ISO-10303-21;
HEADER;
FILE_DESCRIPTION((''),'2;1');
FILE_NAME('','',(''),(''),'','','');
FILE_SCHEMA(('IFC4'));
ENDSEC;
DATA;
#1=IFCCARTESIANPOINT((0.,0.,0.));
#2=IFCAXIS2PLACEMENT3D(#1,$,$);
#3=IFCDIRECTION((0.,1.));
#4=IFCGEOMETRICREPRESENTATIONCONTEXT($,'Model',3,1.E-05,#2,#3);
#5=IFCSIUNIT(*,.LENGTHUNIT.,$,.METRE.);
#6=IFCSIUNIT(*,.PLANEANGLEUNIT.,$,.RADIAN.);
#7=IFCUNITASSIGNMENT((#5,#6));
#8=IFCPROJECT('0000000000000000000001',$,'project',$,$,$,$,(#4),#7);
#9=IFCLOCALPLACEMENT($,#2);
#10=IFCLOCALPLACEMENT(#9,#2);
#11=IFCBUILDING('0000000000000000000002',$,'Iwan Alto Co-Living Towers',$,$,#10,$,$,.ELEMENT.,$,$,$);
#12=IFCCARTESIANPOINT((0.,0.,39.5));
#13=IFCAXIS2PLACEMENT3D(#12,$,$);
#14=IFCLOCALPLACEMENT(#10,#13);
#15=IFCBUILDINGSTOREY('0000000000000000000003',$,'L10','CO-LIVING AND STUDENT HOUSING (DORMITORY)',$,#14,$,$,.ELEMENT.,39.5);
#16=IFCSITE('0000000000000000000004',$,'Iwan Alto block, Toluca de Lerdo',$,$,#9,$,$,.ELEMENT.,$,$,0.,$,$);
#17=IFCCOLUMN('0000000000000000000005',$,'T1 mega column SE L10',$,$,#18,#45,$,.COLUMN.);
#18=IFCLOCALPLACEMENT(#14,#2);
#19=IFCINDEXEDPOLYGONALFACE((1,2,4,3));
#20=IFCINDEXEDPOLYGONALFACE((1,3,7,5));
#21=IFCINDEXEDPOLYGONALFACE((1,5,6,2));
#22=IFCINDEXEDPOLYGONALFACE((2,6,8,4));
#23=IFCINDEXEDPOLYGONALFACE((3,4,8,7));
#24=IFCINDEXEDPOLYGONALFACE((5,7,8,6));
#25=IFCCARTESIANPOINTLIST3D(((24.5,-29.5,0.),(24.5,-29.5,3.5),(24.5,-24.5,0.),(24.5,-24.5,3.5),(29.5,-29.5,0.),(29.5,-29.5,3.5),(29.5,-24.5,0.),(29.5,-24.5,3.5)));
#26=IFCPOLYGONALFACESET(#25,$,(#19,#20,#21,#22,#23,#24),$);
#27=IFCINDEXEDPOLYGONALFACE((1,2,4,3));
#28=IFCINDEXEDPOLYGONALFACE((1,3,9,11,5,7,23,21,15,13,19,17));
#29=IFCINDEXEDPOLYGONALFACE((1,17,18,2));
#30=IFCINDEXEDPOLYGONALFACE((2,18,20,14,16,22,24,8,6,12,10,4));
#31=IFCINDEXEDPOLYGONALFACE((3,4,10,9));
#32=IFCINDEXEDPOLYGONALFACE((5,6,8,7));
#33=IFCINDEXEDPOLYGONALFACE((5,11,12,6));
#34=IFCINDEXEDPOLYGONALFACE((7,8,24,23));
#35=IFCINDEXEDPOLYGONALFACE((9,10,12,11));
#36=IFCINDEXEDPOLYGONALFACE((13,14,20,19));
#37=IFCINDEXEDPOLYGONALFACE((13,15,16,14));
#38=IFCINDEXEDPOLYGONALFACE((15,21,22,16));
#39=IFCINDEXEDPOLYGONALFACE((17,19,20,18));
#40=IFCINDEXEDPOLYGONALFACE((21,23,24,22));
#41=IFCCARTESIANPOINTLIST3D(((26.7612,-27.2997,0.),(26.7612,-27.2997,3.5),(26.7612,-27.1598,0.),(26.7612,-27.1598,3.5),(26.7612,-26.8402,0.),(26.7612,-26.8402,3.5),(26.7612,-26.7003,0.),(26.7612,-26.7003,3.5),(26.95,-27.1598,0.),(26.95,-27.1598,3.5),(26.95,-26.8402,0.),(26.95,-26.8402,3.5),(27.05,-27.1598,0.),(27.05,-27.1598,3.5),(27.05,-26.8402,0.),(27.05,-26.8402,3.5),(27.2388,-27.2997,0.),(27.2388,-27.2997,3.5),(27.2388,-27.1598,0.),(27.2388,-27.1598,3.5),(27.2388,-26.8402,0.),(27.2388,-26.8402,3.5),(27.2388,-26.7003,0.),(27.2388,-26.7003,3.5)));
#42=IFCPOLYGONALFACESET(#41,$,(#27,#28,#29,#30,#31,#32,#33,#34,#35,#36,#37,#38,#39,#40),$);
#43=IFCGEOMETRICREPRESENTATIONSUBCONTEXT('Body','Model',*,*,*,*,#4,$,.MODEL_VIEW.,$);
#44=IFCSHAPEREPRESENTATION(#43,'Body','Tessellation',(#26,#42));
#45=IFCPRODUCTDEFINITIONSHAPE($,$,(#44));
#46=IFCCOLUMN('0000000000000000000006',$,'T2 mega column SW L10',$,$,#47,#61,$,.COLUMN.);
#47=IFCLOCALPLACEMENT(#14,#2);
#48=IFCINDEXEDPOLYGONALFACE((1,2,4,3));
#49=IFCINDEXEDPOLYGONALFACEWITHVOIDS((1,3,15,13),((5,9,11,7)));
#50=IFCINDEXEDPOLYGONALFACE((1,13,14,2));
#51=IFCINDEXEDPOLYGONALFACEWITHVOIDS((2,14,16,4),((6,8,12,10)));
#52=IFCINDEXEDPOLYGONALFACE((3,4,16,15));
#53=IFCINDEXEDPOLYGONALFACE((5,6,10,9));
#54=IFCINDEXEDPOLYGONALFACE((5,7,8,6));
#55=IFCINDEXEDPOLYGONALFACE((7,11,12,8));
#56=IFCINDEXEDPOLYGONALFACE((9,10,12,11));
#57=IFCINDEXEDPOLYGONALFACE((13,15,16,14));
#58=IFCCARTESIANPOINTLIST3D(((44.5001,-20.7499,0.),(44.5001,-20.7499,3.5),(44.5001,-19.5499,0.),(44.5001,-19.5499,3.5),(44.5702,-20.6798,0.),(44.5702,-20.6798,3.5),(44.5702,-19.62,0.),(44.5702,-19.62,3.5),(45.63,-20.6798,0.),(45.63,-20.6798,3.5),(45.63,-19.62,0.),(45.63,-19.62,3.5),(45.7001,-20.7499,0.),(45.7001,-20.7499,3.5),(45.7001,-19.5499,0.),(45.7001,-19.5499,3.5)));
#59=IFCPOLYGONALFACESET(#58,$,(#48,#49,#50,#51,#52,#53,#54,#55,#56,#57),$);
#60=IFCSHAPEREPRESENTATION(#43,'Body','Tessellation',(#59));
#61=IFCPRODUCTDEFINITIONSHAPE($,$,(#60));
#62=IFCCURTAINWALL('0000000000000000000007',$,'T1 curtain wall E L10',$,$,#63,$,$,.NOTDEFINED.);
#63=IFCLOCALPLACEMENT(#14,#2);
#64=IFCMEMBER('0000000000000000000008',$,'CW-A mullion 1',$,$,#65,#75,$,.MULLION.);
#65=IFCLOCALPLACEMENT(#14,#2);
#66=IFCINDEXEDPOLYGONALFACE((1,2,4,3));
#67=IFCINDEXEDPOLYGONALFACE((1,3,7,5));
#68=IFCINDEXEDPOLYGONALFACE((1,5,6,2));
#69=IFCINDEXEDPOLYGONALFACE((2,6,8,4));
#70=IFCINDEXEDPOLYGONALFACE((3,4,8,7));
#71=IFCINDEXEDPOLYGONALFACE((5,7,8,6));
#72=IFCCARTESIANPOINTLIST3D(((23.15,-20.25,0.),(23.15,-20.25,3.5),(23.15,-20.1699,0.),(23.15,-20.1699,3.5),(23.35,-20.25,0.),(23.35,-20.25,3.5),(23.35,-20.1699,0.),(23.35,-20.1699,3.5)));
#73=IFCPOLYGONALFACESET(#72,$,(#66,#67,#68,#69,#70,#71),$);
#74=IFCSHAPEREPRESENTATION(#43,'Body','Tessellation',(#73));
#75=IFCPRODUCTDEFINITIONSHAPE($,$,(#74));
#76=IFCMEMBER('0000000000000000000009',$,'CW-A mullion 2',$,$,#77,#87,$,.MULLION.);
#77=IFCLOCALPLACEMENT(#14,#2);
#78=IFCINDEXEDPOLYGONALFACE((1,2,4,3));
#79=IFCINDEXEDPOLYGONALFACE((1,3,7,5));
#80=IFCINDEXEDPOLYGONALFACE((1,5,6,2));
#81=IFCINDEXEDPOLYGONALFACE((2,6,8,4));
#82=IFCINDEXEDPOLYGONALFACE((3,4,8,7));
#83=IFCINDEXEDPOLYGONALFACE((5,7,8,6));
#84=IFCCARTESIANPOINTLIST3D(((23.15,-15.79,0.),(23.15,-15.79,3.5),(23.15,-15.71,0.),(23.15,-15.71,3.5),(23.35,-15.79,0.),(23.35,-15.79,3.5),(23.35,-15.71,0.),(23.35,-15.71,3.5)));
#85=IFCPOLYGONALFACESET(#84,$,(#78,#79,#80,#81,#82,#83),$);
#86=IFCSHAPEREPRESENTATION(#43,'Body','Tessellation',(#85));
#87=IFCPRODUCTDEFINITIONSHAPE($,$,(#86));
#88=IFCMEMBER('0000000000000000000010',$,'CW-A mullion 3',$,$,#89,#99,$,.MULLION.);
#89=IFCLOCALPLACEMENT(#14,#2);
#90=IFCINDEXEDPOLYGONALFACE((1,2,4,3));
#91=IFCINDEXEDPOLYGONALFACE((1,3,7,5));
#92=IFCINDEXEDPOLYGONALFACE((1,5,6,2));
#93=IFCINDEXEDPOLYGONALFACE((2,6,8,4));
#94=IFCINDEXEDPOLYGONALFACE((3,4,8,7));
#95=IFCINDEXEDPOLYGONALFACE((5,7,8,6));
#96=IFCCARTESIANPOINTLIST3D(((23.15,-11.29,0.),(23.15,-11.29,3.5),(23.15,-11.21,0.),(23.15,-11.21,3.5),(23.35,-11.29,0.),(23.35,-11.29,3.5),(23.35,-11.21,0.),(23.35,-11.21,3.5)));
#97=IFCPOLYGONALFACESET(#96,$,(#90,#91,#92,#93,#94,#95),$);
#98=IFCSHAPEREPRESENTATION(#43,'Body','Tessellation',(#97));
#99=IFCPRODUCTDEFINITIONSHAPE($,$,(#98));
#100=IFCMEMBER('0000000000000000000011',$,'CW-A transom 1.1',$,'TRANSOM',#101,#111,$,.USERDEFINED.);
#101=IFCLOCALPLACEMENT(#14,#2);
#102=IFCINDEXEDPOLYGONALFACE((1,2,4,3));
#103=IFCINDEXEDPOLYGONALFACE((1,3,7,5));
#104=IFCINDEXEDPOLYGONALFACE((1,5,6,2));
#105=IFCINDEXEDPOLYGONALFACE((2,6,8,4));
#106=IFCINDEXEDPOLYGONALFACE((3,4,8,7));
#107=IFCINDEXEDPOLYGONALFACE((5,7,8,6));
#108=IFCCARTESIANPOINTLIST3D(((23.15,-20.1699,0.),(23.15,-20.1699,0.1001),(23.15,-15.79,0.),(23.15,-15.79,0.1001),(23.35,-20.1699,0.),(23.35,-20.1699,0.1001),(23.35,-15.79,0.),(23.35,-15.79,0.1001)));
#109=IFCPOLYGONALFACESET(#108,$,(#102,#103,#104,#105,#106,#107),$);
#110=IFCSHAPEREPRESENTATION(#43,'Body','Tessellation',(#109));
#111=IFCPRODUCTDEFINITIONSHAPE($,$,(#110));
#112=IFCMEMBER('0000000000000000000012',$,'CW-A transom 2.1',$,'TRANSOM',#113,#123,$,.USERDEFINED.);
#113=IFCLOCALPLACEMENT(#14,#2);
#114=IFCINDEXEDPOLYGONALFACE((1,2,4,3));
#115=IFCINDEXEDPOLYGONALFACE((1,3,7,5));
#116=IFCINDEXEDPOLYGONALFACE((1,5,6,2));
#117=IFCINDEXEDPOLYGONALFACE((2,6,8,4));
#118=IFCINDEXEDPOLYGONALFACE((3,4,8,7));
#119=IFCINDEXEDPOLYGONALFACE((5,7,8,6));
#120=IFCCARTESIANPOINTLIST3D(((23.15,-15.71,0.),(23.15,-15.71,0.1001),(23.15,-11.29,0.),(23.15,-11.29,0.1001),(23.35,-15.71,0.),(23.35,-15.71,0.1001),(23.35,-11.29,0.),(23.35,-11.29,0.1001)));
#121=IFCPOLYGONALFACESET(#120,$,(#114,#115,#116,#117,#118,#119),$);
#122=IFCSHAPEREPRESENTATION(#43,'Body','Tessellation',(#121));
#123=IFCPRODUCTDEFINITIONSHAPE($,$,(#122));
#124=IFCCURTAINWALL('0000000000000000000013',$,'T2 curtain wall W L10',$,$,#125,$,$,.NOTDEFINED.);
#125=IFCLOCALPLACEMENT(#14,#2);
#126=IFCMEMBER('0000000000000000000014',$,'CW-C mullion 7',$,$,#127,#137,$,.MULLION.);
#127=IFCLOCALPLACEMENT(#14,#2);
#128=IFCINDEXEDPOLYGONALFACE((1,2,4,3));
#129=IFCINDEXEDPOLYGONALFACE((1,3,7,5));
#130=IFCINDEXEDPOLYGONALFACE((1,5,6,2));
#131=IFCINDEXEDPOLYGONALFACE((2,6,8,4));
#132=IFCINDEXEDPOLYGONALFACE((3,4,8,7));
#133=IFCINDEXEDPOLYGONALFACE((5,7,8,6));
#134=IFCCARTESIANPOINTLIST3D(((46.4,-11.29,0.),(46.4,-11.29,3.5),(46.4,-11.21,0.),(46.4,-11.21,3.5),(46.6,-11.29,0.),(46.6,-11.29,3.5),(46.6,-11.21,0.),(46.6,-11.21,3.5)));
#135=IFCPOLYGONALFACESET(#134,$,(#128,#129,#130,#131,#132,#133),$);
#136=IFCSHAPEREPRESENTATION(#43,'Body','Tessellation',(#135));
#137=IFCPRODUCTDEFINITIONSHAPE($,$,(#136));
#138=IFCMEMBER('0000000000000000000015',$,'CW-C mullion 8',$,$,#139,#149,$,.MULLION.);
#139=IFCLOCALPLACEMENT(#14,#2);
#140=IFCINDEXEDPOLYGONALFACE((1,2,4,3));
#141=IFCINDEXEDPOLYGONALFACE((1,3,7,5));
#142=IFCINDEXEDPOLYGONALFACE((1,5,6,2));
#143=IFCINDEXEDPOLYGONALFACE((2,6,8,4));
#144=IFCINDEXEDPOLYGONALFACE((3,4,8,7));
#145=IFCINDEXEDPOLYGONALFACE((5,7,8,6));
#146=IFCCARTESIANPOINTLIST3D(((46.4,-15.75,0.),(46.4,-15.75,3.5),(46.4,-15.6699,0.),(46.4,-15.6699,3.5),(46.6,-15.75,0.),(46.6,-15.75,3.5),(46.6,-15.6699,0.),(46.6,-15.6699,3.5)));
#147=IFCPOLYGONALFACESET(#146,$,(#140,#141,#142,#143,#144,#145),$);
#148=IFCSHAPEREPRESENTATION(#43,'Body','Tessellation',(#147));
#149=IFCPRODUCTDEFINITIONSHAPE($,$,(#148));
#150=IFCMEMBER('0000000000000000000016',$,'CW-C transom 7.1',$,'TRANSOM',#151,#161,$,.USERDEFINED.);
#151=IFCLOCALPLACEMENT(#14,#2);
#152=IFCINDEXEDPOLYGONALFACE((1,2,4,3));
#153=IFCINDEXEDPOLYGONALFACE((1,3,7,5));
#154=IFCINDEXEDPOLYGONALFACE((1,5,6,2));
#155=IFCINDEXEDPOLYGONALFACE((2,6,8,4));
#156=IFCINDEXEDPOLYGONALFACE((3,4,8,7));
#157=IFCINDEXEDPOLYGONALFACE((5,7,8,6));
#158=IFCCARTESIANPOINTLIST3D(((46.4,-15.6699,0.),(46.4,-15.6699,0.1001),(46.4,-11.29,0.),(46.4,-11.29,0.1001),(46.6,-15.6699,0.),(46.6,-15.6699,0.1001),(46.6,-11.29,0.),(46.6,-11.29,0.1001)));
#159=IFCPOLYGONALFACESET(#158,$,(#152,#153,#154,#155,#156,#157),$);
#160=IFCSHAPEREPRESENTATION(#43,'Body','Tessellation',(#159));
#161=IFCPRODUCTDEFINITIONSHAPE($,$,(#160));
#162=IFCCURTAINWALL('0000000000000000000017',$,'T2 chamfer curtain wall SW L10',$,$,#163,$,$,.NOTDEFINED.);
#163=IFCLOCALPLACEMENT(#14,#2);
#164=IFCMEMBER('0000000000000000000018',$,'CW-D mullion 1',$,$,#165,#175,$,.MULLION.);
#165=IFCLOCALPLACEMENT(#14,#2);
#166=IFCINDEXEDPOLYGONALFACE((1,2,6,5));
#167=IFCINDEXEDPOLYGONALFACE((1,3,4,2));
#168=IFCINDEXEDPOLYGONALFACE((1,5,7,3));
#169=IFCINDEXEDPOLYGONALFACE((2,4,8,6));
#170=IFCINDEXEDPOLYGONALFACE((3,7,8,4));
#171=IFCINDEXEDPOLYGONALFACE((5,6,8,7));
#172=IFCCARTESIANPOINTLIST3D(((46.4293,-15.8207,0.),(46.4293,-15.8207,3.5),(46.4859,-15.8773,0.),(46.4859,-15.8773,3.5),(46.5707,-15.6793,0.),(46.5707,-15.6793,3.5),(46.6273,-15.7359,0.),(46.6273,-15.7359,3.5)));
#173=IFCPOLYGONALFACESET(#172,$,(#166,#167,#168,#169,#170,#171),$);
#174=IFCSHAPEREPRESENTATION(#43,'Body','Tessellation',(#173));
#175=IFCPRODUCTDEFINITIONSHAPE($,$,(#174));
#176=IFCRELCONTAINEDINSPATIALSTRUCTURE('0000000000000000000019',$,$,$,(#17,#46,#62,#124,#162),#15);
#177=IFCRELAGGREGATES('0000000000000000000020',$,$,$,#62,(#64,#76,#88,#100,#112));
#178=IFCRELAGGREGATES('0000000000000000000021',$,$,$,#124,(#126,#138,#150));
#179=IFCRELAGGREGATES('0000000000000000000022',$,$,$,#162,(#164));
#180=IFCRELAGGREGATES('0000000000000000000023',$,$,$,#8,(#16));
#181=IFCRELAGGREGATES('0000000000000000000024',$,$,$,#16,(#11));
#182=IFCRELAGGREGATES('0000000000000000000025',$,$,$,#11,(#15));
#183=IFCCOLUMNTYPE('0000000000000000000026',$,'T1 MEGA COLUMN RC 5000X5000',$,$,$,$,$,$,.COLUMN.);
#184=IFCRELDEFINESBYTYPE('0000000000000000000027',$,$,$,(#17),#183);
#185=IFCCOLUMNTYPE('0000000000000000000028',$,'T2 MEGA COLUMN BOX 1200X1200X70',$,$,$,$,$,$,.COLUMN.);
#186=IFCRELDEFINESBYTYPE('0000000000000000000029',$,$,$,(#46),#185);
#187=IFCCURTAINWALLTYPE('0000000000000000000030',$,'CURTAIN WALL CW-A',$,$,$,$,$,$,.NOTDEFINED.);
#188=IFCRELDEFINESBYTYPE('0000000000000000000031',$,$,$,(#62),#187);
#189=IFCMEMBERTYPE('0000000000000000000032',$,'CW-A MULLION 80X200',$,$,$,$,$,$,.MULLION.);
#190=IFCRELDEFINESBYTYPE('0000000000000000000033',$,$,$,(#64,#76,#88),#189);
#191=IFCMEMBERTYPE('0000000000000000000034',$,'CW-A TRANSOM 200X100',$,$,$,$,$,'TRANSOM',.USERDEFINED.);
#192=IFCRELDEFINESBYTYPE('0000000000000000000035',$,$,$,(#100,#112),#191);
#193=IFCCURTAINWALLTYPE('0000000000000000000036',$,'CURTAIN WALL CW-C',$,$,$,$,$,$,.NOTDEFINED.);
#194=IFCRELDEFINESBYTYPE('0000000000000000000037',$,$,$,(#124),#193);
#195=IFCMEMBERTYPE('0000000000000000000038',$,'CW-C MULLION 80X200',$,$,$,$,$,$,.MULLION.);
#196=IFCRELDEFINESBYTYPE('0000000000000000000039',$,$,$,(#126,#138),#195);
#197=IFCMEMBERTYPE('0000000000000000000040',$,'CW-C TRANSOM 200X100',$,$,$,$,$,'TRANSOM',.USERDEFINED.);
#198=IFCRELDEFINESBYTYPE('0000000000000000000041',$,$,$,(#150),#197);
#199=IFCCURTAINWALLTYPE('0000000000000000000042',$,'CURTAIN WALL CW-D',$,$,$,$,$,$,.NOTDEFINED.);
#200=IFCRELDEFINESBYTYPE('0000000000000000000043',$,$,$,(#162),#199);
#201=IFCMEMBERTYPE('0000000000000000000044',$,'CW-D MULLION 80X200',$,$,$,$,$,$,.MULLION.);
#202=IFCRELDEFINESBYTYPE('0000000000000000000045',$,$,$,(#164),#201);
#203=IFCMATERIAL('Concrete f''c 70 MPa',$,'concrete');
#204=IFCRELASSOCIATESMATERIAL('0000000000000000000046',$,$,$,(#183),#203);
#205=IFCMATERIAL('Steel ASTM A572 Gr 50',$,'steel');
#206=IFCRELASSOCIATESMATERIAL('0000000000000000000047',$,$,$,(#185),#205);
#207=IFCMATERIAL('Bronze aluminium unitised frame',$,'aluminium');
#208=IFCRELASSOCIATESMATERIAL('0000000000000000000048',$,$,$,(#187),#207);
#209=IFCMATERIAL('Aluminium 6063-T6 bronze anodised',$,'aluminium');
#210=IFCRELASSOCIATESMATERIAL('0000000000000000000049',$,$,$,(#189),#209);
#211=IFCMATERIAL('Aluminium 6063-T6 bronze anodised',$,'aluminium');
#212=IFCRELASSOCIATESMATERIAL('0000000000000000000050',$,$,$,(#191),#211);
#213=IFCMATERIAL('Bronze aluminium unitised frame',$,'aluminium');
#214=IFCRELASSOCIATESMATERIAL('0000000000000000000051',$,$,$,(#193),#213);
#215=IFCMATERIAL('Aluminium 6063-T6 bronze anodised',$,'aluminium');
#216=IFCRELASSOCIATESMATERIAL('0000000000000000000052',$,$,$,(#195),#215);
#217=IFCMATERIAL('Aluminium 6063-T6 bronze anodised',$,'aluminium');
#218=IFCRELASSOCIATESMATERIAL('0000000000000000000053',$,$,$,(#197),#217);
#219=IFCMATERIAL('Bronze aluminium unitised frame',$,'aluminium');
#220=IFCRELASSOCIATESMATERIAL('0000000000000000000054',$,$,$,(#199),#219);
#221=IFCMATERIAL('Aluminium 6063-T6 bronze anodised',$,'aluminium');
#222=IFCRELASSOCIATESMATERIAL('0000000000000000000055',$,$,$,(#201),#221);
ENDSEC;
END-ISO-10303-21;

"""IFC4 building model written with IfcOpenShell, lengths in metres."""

from ifc_helpers import new_model, si_unit, direction, frame, origin, origin_2d, place, context, subcontext, project, spatial, rectangle, hollow_rectangle, i_section, extrude, material, material_profile, profile_set, type_object, element, aggregate, save


model = new_model("IFC4")

# Units and contexts
model_context = context("Model", 3, precision=1e-05, world=origin(), true_north=direction((0.0, 1.0)))
body_context = subcontext(model_context, "Body", "Model", "MODEL_VIEW")
ifc_project = project(units=[si_unit("LENGTHUNIT", "METRE"), si_unit("PLANEANGLEUNIT", "RADIAN")], contexts=[model_context])

# Site, building, storey
site_placement = place(None, origin())
site = spatial("IfcSite", under=ifc_project, at=site_placement, Name="Iwan Alto block, Toluca de Lerdo", CompositionType="ELEMENT", RefElevation=0.0)
building_placement = place(site_placement, origin())
building = spatial("IfcBuilding", under=site, at=building_placement, Name="Iwan Alto Co-Living Towers", CompositionType="ELEMENT")
storey_placement = place(building_placement, frame((0.0, 0.0, 39.5)))
storey = spatial("IfcBuildingStorey", under=building, at=storey_placement, Name="L10", Description="CO-LIVING AND STUDENT HOUSING (DORMITORY)", CompositionType="ELEMENT", Elevation=39.5)

# Columns
ifc_material_1 = material(Name="Concrete f'c 70 MPa", Category="concrete")
ifc_material_profile_1 = material_profile(ifc_material_1, rectangle(XDim=5.0, YDim=5.0, at=origin_2d()), Name="RC 5000X5000")
ifc_profile_set_1 = profile_set([ifc_material_profile_1], Name="Concrete f'c 70 MPa")
column_type_1 = type_object("IfcColumnType", Name="T1 MEGA COLUMN RC 5000X5000", PredefinedType="COLUMN", material=ifc_profile_set_1)
column_1_placement = place(storey_placement, frame((27.0, -27.0, 0.0), z_axis=(0.0, 0.0, 1.0), x_axis=(1.0, 0.0, 0.0)))
element("IfcColumn", 1, at=column_1_placement, inside=storey, type_object=column_type_1, Name="T1 mega column SE L10", PredefinedType="COLUMN", context=body_context, shape_type="SweptSolid", body=[
    extrude(rectangle(XDim=5.0, YDim=5.0, at=origin_2d()), origin(), (0.0, 0.0, 1.0), 3.5),
    extrude(i_section(OverallWidth=0.4775, OverallDepth=0.5994, WebThickness=0.1001, FlangeThickness=0.1399, at=origin_2d()), origin(), (0.0, 0.0, 1.0), 3.5),
])
ifc_material_2 = material(Name="Steel ASTM A572 Gr 50", Category="steel")
ifc_material_profile_2 = material_profile(ifc_material_2, hollow_rectangle(XDim=1.2, YDim=1.2, WallThickness=0.0701, at=origin_2d()), Name="BOX 1200X1200X70")
ifc_profile_set_2 = profile_set([ifc_material_profile_2], Name="Steel ASTM A572 Gr 50")
column_type_2 = type_object("IfcColumnType", Name="T2 MEGA COLUMN BOX 1200X1200X70", PredefinedType="COLUMN", material=ifc_profile_set_2)
column_2_placement = place(storey_placement, frame((45.1001, -20.1499, 0.0), z_axis=(0.0, 0.0, 1.0), x_axis=(1.0, 0.0, 0.0)))
element("IfcColumn", 2, at=column_2_placement, inside=storey, type_object=column_type_2, Name="T2 mega column SW L10", PredefinedType="COLUMN", context=body_context, shape_type="SweptSolid", body=[
    extrude(hollow_rectangle(XDim=1.2, YDim=1.2, WallThickness=0.0701, at=origin_2d()), origin(), (0.0, 0.0, 1.0), 3.5),
])

# Curtain walls, members
ifc_material_3 = material(Name="Bronze aluminium unitised frame", Category="aluminium")
curtain_wall_type_1 = type_object("IfcCurtainWallType", Name="CURTAIN WALL CW-A", PredefinedType="NOTDEFINED", material=ifc_material_3)
curtain_wall_1_placement = place(storey_placement, origin())
curtain_wall_1 = element("IfcCurtainWall", 3, at=curtain_wall_1_placement, inside=storey, type_object=curtain_wall_type_1, Name="T1 curtain wall E L10", PredefinedType="NOTDEFINED")
ifc_material_4 = material(Name="Aluminium 6063-T6 bronze anodised", Category="aluminium")
ifc_material_profile_3 = material_profile(ifc_material_4, rectangle(XDim=0.2, YDim=0.0801, at=origin_2d()), Name="AL 80X200")
ifc_profile_set_3 = profile_set([ifc_material_profile_3], Name="Aluminium 6063-T6 bronze anodised")
member_type_1 = type_object("IfcMemberType", Name="CW-A MULLION 80X200", PredefinedType="MULLION", material=ifc_profile_set_3)
member_1_placement = place(storey_placement, frame((23.25, -20.21, 0.0), z_axis=(0.0, 0.0, 1.0), x_axis=(-1.0, 0.0, 0.0)))
member_1 = element("IfcMember", 4, at=member_1_placement, type_object=member_type_1, Name="CW-A mullion 1", PredefinedType="MULLION", context=body_context, shape_type="SweptSolid", body=[
    extrude(rectangle(XDim=0.2, YDim=0.0801, at=origin_2d()), origin(), (0.0, 0.0, 1.0), 3.5),
])
member_2_placement = place(storey_placement, frame((23.25, -15.75, 0.0), z_axis=(0.0, 0.0, 1.0), x_axis=(-1.0, 0.0, 0.0)))
member_2 = element("IfcMember", 5, at=member_2_placement, type_object=member_type_1, Name="CW-A mullion 2", PredefinedType="MULLION", context=body_context, shape_type="SweptSolid", body=[
    extrude(rectangle(XDim=0.2, YDim=0.0801, at=origin_2d()), origin(), (0.0, 0.0, 1.0), 3.5),
])
member_3_placement = place(storey_placement, frame((23.25, -11.25, 0.0), z_axis=(0.0, 0.0, 1.0), x_axis=(-1.0, 0.0, 0.0)))
member_3 = element("IfcMember", 6, at=member_3_placement, type_object=member_type_1, Name="CW-A mullion 3", PredefinedType="MULLION", context=body_context, shape_type="SweptSolid", body=[
    extrude(rectangle(XDim=0.2, YDim=0.0801, at=origin_2d()), origin(), (0.0, 0.0, 1.0), 3.5),
])
ifc_material_5 = material(Name="Aluminium 6063-T6 bronze anodised", Category="aluminium")
ifc_material_profile_4 = material_profile(ifc_material_5, rectangle(XDim=0.2, YDim=0.1001, at=origin_2d()), Name="AL 200X100")
ifc_profile_set_4 = profile_set([ifc_material_profile_4], Name="Aluminium 6063-T6 bronze anodised")
member_type_2 = type_object("IfcMemberType", Name="CW-A TRANSOM 200X100", ElementType="TRANSOM", PredefinedType="USERDEFINED", material=ifc_profile_set_4)
member_4_placement = place(storey_placement, frame((23.25, -20.1699, 0.05), z_axis=(0.0, 1.0, 0.0), x_axis=(-1.0, 0.0, 0.0)))
member_4 = element("IfcMember", 7, at=member_4_placement, type_object=member_type_2, Name="CW-A transom 1.1", ObjectType="TRANSOM", PredefinedType="USERDEFINED", context=body_context, shape_type="SweptSolid", body=[
    extrude(rectangle(XDim=0.2, YDim=0.1001, at=origin_2d()), origin(), (0.0, 0.0, 1.0), 4.3799),
])
member_5_placement = place(storey_placement, frame((23.25, -15.71, 0.05), z_axis=(0.0, 1.0, 0.0), x_axis=(-1.0, 0.0, 0.0)))
member_5 = element("IfcMember", 8, at=member_5_placement, type_object=member_type_2, Name="CW-A transom 2.1", ObjectType="TRANSOM", PredefinedType="USERDEFINED", context=body_context, shape_type="SweptSolid", body=[
    extrude(rectangle(XDim=0.2, YDim=0.1001, at=origin_2d()), origin(), (0.0, 0.0, 1.0), 4.4199),
])
ifc_material_6 = material(Name="Bronze aluminium unitised frame", Category="aluminium")
curtain_wall_type_2 = type_object("IfcCurtainWallType", Name="CURTAIN WALL CW-C", PredefinedType="NOTDEFINED", material=ifc_material_6)
curtain_wall_2_placement = place(storey_placement, origin())
curtain_wall_2 = element("IfcCurtainWall", 9, at=curtain_wall_2_placement, inside=storey, type_object=curtain_wall_type_2, Name="T2 curtain wall W L10", PredefinedType="NOTDEFINED")
ifc_material_7 = material(Name="Aluminium 6063-T6 bronze anodised", Category="aluminium")
ifc_material_profile_5 = material_profile(ifc_material_7, rectangle(XDim=0.2, YDim=0.0801, at=origin_2d()), Name="AL 80X200")
ifc_profile_set_5 = profile_set([ifc_material_profile_5], Name="Aluminium 6063-T6 bronze anodised")
member_type_3 = type_object("IfcMemberType", Name="CW-C MULLION 80X200", PredefinedType="MULLION", material=ifc_profile_set_5)
member_6_placement = place(storey_placement, frame((46.5, -11.25, 0.0), z_axis=(0.0, 0.0, 1.0), x_axis=(1.0, 0.0, 0.0)))
member_6 = element("IfcMember", 10, at=member_6_placement, type_object=member_type_3, Name="CW-C mullion 7", PredefinedType="MULLION", context=body_context, shape_type="SweptSolid", body=[
    extrude(rectangle(XDim=0.2, YDim=0.0801, at=origin_2d()), origin(), (0.0, 0.0, 1.0), 3.5),
])
member_7_placement = place(storey_placement, frame((46.5, -15.71, 0.0), z_axis=(0.0, 0.0, 1.0), x_axis=(1.0, 0.0, 0.0)))
member_7 = element("IfcMember", 11, at=member_7_placement, type_object=member_type_3, Name="CW-C mullion 8", PredefinedType="MULLION", context=body_context, shape_type="SweptSolid", body=[
    extrude(rectangle(XDim=0.2, YDim=0.0801, at=origin_2d()), origin(), (0.0, 0.0, 1.0), 3.5),
])
ifc_material_8 = material(Name="Aluminium 6063-T6 bronze anodised", Category="aluminium")
ifc_material_profile_6 = material_profile(ifc_material_8, rectangle(XDim=0.2, YDim=0.1001, at=origin_2d()), Name="AL 200X100")
ifc_profile_set_6 = profile_set([ifc_material_profile_6], Name="Aluminium 6063-T6 bronze anodised")
member_type_4 = type_object("IfcMemberType", Name="CW-C TRANSOM 200X100", ElementType="TRANSOM", PredefinedType="USERDEFINED", material=ifc_profile_set_6)
member_8_placement = place(storey_placement, frame((46.5, -11.29, 0.05), z_axis=(0.0, -1.0, 0.0), x_axis=(1.0, 0.0, 0.0)))
member_8 = element("IfcMember", 12, at=member_8_placement, type_object=member_type_4, Name="CW-C transom 7.1", ObjectType="TRANSOM", PredefinedType="USERDEFINED", context=body_context, shape_type="SweptSolid", body=[
    extrude(rectangle(XDim=0.2, YDim=0.1001, at=origin_2d()), origin(), (0.0, 0.0, 1.0), 4.3799),
])
ifc_material_9 = material(Name="Bronze aluminium unitised frame", Category="aluminium")
curtain_wall_type_3 = type_object("IfcCurtainWallType", Name="CURTAIN WALL CW-D", PredefinedType="NOTDEFINED", material=ifc_material_9)
curtain_wall_3_placement = place(storey_placement, origin())
curtain_wall_3 = element("IfcCurtainWall", 13, at=curtain_wall_3_placement, inside=storey, type_object=curtain_wall_type_3, Name="T2 chamfer curtain wall SW L10", PredefinedType="NOTDEFINED")
ifc_material_10 = material(Name="Aluminium 6063-T6 bronze anodised", Category="aluminium")
ifc_material_profile_7 = material_profile(ifc_material_10, rectangle(XDim=0.2, YDim=0.0801, at=origin_2d()), Name="AL 80X200")
ifc_profile_set_7 = profile_set([ifc_material_profile_7], Name="Aluminium 6063-T6 bronze anodised")
member_type_5 = type_object("IfcMemberType", Name="CW-D MULLION 80X200", PredefinedType="MULLION", material=ifc_profile_set_7)
member_9_placement = place(storey_placement, frame((46.5283, -15.7783, 0.0), z_axis=(0.0, 0.0, 1.0), x_axis=(0.707107, 0.707107, 0.0)))
member_9 = element("IfcMember", 14, at=member_9_placement, type_object=member_type_5, Name="CW-D mullion 1", PredefinedType="MULLION", context=body_context, shape_type="SweptSolid", body=[
    extrude(rectangle(XDim=0.2, YDim=0.0801, at=origin_2d()), origin(), (0.0, 0.0, 1.0), 3.5),
])

aggregate(curtain_wall_1, [member_1, member_2, member_3, member_4, member_5])
aggregate(curtain_wall_2, [member_6, member_7, member_8])
aggregate(curtain_wall_3, [member_9])

save(model, "model.ifc")
